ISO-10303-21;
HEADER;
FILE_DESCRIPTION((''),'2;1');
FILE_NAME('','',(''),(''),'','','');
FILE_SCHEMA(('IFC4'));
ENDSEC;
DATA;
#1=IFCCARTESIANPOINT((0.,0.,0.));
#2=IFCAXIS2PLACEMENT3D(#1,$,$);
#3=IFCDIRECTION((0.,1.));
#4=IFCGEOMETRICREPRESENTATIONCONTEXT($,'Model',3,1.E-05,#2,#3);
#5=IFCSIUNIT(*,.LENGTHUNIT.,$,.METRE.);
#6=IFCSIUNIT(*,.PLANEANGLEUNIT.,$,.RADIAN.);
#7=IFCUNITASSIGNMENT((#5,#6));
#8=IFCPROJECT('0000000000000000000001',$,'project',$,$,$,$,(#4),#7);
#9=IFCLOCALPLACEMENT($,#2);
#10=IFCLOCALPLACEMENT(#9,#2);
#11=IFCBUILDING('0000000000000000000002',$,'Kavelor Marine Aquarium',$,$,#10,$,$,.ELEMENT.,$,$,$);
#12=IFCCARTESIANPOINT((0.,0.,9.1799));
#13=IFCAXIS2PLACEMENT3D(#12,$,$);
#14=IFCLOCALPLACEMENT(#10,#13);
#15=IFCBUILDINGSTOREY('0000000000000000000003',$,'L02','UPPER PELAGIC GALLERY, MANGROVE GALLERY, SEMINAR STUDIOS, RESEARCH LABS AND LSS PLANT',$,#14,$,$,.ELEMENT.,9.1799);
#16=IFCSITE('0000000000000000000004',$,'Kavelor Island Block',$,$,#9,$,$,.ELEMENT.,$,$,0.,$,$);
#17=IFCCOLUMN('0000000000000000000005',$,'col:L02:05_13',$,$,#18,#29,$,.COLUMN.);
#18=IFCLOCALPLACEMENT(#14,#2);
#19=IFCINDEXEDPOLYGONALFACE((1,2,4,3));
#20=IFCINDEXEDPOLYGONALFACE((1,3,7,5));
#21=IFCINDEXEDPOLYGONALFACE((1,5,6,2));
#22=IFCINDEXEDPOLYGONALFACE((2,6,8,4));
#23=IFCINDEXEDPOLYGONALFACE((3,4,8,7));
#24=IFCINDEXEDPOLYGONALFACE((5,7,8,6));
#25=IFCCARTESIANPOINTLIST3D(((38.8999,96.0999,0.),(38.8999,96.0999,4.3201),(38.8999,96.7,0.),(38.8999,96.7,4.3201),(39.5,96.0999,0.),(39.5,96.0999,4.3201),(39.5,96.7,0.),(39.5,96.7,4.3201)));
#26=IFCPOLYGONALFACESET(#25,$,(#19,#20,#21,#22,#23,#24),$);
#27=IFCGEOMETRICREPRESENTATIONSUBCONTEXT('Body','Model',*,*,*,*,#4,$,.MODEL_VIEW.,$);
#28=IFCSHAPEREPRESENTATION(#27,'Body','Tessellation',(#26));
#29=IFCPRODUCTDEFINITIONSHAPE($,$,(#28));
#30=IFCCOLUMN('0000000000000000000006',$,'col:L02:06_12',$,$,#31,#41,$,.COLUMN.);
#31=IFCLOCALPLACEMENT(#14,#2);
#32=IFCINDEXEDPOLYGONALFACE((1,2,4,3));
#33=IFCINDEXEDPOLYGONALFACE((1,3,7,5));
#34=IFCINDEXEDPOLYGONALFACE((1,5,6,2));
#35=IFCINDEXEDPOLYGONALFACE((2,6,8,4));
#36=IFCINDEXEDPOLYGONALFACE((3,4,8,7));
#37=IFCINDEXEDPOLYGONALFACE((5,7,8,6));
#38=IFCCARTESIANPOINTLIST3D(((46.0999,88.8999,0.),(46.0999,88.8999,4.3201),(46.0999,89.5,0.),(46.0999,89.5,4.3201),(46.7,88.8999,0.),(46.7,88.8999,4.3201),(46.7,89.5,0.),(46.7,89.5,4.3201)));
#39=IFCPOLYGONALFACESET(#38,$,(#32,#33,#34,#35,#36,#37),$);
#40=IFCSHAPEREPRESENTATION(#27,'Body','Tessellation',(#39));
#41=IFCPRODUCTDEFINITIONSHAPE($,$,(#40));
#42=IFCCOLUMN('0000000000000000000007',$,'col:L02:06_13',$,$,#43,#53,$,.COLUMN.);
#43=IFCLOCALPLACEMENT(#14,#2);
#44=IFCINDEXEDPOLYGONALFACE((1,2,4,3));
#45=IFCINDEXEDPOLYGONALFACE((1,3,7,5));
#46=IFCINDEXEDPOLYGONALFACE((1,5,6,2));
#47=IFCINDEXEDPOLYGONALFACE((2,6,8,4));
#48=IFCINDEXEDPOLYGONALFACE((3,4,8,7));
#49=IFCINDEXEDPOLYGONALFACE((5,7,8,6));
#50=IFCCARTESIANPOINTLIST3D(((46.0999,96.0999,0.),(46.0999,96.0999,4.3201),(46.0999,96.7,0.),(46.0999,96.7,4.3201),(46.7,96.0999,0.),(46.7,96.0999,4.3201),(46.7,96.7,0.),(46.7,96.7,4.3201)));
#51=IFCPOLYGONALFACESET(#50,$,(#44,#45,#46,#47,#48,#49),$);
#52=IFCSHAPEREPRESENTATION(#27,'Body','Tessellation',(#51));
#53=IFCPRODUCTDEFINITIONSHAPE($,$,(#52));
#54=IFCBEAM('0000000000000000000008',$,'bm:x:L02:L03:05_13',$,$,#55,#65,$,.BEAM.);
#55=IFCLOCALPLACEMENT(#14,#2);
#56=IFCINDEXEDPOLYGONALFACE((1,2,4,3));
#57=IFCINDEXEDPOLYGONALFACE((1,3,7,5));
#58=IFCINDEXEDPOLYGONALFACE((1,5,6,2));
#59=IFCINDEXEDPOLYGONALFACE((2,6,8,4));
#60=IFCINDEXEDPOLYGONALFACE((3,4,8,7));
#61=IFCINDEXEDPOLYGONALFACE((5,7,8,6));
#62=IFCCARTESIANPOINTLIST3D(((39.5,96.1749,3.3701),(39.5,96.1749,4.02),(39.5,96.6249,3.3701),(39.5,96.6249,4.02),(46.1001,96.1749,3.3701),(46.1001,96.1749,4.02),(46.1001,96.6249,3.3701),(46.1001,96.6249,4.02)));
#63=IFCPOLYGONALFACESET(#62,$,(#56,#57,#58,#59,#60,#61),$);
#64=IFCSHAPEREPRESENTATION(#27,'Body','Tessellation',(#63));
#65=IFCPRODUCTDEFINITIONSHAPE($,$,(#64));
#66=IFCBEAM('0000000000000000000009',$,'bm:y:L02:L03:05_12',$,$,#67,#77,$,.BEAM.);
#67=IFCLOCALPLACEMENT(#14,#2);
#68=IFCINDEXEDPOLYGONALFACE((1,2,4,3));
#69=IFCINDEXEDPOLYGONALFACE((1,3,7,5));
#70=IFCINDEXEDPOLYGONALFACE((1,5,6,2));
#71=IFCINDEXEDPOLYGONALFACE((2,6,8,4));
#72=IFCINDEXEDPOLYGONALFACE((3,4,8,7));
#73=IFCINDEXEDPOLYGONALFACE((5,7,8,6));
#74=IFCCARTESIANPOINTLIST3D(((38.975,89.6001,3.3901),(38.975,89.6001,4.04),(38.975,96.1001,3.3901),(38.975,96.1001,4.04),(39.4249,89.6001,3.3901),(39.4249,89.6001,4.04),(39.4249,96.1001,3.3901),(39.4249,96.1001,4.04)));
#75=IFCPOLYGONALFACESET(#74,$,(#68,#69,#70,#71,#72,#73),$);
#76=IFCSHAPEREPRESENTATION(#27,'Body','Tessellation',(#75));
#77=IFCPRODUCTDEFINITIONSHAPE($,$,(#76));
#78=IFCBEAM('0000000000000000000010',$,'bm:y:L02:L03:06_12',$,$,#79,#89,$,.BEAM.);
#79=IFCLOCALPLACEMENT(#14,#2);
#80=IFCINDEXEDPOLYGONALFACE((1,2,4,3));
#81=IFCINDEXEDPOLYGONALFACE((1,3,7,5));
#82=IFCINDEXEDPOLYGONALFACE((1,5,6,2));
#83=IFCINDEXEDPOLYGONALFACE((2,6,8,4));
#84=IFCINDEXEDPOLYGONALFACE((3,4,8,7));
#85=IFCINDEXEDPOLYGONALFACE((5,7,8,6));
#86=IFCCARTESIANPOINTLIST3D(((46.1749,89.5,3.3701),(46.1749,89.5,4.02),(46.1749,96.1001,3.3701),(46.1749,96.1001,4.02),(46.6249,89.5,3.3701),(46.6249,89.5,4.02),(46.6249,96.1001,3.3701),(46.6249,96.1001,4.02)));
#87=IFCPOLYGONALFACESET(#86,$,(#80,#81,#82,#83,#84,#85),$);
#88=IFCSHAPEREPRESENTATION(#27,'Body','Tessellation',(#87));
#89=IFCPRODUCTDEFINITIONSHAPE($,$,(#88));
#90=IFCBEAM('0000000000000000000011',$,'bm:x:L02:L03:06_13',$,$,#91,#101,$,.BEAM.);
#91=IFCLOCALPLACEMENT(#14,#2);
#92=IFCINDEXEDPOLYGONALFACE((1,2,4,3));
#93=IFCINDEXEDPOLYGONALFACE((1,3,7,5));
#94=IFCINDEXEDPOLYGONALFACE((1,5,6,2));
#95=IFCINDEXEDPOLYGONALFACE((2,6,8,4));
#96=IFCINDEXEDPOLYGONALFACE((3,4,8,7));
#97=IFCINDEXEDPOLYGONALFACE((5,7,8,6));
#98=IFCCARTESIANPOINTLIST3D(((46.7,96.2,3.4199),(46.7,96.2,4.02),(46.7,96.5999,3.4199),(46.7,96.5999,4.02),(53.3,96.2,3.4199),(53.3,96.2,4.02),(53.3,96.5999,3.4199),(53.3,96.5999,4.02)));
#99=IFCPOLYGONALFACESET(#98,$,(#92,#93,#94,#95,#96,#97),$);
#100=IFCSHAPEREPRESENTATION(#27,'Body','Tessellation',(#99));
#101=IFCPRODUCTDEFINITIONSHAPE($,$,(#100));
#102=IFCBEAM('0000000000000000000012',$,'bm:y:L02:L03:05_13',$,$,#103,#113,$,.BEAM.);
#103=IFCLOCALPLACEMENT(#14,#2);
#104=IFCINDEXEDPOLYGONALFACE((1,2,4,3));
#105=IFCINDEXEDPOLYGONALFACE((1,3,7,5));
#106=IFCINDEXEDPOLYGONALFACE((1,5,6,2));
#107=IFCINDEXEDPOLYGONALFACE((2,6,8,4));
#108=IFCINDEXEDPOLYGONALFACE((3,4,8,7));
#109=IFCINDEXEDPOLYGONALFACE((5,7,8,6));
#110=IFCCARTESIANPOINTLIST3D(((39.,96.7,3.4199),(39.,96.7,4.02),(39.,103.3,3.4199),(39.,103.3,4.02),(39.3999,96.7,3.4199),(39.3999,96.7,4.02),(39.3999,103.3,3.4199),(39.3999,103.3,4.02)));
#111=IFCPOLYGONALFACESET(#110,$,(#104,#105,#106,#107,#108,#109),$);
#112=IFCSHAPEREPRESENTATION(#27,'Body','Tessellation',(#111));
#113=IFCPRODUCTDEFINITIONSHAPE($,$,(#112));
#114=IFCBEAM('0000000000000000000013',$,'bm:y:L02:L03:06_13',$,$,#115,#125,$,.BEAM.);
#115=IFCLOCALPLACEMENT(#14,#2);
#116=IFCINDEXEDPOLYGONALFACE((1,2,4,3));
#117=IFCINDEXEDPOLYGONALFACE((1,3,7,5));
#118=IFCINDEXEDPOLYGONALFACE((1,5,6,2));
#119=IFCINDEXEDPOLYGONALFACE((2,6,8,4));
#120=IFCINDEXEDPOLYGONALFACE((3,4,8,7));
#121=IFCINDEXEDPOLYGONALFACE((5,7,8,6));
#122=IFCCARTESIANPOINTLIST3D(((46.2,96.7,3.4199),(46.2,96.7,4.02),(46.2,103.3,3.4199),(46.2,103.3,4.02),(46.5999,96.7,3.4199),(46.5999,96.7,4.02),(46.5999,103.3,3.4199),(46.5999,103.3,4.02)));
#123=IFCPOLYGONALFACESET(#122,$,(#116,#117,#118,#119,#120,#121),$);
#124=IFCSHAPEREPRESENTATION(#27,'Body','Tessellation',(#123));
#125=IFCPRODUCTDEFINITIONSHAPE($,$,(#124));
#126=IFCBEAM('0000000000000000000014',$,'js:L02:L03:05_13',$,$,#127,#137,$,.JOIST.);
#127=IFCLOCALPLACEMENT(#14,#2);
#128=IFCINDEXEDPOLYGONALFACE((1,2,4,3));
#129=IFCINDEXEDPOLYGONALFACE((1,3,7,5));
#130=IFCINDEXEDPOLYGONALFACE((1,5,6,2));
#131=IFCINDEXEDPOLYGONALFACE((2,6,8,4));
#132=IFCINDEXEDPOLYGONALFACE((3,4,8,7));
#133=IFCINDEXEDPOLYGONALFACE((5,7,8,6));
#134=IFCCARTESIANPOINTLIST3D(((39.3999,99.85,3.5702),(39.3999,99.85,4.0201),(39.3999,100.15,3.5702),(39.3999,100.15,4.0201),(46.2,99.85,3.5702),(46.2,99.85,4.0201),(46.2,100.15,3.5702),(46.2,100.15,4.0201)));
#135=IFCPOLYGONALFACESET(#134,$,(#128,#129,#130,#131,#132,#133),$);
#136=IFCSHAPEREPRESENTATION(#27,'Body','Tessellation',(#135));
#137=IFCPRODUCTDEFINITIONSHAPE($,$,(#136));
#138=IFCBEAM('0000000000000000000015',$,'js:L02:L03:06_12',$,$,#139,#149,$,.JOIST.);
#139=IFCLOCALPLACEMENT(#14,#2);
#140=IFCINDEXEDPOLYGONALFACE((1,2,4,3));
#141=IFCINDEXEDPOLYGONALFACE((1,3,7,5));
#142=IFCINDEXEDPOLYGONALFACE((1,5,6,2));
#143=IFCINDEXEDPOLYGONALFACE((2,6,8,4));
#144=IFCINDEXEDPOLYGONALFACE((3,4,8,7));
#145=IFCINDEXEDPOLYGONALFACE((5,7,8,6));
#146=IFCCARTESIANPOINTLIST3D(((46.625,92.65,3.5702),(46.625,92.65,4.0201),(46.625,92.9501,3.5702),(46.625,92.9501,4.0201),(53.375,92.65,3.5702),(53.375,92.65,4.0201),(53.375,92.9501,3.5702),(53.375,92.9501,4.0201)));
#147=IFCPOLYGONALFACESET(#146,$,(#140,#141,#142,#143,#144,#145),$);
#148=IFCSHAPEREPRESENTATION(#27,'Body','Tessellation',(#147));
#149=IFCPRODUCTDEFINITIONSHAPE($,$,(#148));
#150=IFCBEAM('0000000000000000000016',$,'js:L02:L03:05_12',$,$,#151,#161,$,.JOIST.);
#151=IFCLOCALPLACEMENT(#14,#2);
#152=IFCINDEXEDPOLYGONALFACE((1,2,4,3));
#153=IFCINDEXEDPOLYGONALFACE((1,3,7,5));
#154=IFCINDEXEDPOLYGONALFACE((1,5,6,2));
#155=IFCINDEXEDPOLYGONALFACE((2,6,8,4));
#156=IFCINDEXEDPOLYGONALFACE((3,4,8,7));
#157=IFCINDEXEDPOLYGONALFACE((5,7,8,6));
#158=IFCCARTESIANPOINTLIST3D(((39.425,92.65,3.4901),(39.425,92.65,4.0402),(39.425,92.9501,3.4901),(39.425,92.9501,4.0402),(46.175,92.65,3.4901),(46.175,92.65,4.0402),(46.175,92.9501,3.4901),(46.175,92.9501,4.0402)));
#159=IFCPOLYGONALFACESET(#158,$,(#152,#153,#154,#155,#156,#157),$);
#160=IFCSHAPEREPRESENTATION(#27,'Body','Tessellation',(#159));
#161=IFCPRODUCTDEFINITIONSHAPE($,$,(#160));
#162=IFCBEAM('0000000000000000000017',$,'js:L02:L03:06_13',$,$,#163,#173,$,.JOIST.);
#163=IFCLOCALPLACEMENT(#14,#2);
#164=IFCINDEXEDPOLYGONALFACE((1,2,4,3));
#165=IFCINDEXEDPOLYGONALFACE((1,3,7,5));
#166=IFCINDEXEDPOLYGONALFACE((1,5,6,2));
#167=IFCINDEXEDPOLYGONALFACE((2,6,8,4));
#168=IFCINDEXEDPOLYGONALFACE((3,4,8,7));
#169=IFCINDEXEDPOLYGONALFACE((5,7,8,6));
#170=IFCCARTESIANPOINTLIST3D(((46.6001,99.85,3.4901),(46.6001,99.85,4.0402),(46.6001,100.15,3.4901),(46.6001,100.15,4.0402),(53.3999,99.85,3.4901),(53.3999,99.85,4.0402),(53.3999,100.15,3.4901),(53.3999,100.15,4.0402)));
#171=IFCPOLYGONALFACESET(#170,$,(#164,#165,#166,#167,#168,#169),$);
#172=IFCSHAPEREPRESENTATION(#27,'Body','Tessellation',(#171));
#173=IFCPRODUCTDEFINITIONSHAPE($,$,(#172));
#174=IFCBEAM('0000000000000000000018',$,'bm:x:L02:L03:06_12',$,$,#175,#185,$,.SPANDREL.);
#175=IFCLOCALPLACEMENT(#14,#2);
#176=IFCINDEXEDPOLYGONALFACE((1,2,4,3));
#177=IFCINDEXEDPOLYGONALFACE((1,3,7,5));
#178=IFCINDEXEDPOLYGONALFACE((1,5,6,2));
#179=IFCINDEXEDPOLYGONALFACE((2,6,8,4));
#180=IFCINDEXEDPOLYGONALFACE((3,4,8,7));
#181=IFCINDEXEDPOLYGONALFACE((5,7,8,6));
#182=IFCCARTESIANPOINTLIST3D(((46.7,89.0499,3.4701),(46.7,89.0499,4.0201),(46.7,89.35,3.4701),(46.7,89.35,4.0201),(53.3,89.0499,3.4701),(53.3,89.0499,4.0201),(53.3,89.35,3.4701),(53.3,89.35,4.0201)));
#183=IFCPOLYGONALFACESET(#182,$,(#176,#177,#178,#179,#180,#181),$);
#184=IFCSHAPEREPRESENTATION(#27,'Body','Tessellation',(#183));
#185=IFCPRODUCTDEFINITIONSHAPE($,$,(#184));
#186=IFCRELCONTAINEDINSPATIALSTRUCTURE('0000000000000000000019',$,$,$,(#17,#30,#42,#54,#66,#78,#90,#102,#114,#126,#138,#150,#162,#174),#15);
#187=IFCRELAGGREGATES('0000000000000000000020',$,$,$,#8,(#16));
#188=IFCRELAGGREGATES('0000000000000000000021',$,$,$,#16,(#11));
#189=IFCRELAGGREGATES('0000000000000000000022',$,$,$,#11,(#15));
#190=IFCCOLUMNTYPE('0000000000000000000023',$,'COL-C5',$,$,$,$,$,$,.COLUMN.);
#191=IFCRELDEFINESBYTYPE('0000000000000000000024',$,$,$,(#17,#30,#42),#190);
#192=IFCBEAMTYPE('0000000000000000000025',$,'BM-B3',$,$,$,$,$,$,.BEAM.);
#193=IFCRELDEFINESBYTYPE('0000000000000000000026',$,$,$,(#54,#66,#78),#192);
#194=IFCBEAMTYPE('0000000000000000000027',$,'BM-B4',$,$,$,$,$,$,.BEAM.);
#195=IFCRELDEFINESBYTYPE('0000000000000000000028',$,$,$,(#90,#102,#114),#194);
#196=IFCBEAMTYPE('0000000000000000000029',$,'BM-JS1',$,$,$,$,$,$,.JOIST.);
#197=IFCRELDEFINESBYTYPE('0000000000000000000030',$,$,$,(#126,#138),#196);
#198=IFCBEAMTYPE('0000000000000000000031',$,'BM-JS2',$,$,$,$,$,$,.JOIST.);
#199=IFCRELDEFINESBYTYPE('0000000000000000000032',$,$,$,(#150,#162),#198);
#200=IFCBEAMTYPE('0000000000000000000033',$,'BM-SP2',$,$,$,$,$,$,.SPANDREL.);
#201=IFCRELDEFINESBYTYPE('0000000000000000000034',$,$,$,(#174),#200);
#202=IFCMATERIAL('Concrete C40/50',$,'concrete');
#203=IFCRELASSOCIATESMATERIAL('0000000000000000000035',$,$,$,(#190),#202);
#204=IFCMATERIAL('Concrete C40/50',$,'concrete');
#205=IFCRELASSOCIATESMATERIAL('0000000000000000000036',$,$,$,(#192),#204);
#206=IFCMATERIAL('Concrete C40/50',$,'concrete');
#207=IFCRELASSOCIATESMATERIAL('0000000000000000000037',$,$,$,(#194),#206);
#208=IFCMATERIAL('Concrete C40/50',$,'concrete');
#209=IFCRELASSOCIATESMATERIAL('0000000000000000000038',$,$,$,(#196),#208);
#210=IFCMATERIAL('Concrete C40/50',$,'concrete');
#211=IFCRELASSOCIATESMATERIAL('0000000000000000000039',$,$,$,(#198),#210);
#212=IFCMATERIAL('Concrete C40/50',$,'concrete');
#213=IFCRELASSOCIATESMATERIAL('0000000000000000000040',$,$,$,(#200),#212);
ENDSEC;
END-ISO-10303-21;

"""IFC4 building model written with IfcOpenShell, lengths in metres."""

from ifc_helpers import new_model, si_unit, direction, frame, origin, origin_2d, place, context, subcontext, project, spatial, rectangle, extrude, material, material_profile, profile_set, type_object, element, save


model = new_model("IFC4")

# Units and contexts
model_context = context("Model", 3, precision=1e-05, world=origin(), true_north=direction((0.0, 1.0)))
body_context = subcontext(model_context, "Body", "Model", "MODEL_VIEW")
ifc_project = project(units=[si_unit("LENGTHUNIT", "METRE"), si_unit("PLANEANGLEUNIT", "RADIAN")], contexts=[model_context])

# Site, building, storey
site_placement = place(None, origin())
site = spatial("IfcSite", under=ifc_project, at=site_placement, Name="Kavelor Island Block", CompositionType="ELEMENT", RefElevation=0.0)
building_placement = place(site_placement, origin())
building = spatial("IfcBuilding", under=site, at=building_placement, Name="Kavelor Marine Aquarium", CompositionType="ELEMENT")
storey_placement = place(building_placement, frame((0.0, 0.0, 9.1799)))
storey = spatial("IfcBuildingStorey", under=building, at=storey_placement, Name="L02", Description="UPPER PELAGIC GALLERY, MANGROVE GALLERY, SEMINAR STUDIOS, RESEARCH LABS AND LSS PLANT", CompositionType="ELEMENT", Elevation=9.1799)

# Columns
ifc_material_1 = material(Name="Concrete C40/50", Category="concrete")
ifc_material_profile_1 = material_profile(ifc_material_1, rectangle(XDim=0.6001, YDim=0.6001, at=origin_2d()), Name="RC-COL 600x600")
ifc_profile_set_1 = profile_set([ifc_material_profile_1], Name="Concrete C40/50")
column_type = type_object("IfcColumnType", Name="COL-C5", PredefinedType="COLUMN", material=ifc_profile_set_1)
for number, where, z_axis, x_axis, name in (
    (1, (39.2, 96.3999, 0.0), (0.0, 0.0, 1.0), (1.0, 0.0, 0.0), "col:L02:05_13"),
    (2, (46.3999, 89.2, 0.0), (0.0, 0.0, 1.0), (1.0, 0.0, 0.0), "col:L02:06_12"),
    (3, (46.3999, 96.3999, 0.0), (0.0, 0.0, 1.0), (1.0, 0.0, 0.0), "col:L02:06_13"),
):
    element("IfcColumn", number, at=place(storey_placement, frame(where, z_axis=z_axis, x_axis=x_axis)), inside=storey, type_object=column_type, Name=name, PredefinedType="COLUMN", context=body_context, shape_type="SweptSolid", body=[
        extrude(rectangle(XDim=0.6001, YDim=0.6001, at=origin_2d()), origin(), (0.0, 0.0, 1.0), 4.3201),
    ])

# Beams
ifc_material_2 = material(Name="Concrete C40/50", Category="concrete")
ifc_material_profile_2 = material_profile(ifc_material_2, rectangle(XDim=0.45, YDim=0.6499, at=origin_2d()), Name="RC-BM 450x650")
ifc_profile_set_2 = profile_set([ifc_material_profile_2], Name="Concrete C40/50")
beam_type_1 = type_object("IfcBeamType", Name="BM-B3", PredefinedType="BEAM", material=ifc_profile_set_2)
beam_1_placement = place(storey_placement, frame((39.5, 96.3999, 3.6951), z_axis=(1.0, 0.0, 0.0), x_axis=(0.0, 1.0, 0.0)))
element("IfcBeam", 4, at=beam_1_placement, inside=storey, type_object=beam_type_1, Name="bm:x:L02:L03:05_13", PredefinedType="BEAM", context=body_context, shape_type="SweptSolid", body=[
    extrude(rectangle(XDim=0.45, YDim=0.6499, at=origin_2d()), origin(), (0.0, 0.0, 1.0), 6.6001),
])
beam_2_placement = place(storey_placement, frame((39.2, 89.6001, 3.7151), z_axis=(0.0, 1.0, 0.0), x_axis=(-1.0, 0.0, 0.0)))
element("IfcBeam", 5, at=beam_2_placement, inside=storey, type_object=beam_type_1, Name="bm:y:L02:L03:05_12", PredefinedType="BEAM", context=body_context, shape_type="SweptSolid", body=[
    extrude(rectangle(XDim=0.45, YDim=0.6499, at=origin_2d()), origin(), (0.0, 0.0, 1.0), 6.5),
])
beam_3_placement = place(storey_placement, frame((46.3999, 89.5, 3.6951), z_axis=(0.0, 1.0, 0.0), x_axis=(-1.0, 0.0, 0.0)))
element("IfcBeam", 6, at=beam_3_placement, inside=storey, type_object=beam_type_1, Name="bm:y:L02:L03:06_12", PredefinedType="BEAM", context=body_context, shape_type="SweptSolid", body=[
    extrude(rectangle(XDim=0.45, YDim=0.6499, at=origin_2d()), origin(), (0.0, 0.0, 1.0), 6.6001),
])
ifc_material_3 = material(Name="Concrete C40/50", Category="concrete")
ifc_material_profile_3 = material_profile(ifc_material_3, rectangle(XDim=0.3999, YDim=0.6001, at=origin_2d()), Name="RC-BM 400x600")
ifc_profile_set_3 = profile_set([ifc_material_profile_3], Name="Concrete C40/50")
beam_type_2 = type_object("IfcBeamType", Name="BM-B4", PredefinedType="BEAM", material=ifc_profile_set_3)
for number, where, z_axis, x_axis, name in (
    (7, (46.7, 96.3999, 3.72), (1.0, 0.0, 0.0), (0.0, 1.0, 0.0), "bm:x:L02:L03:06_13"),
    (8, (39.2, 96.7, 3.72), (0.0, 1.0, 0.0), (-1.0, 0.0, 0.0), "bm:y:L02:L03:05_13"),
    (9, (46.3999, 96.7, 3.72), (0.0, 1.0, 0.0), (-1.0, 0.0, 0.0), "bm:y:L02:L03:06_13"),
):
    element("IfcBeam", number, at=place(storey_placement, frame(where, z_axis=z_axis, x_axis=x_axis)), inside=storey, type_object=beam_type_2, Name=name, PredefinedType="BEAM", context=body_context, shape_type="SweptSolid", body=[
        extrude(rectangle(XDim=0.3999, YDim=0.6001, at=origin_2d()), origin(), (0.0, 0.0, 1.0), 6.6001),
    ])
ifc_material_4 = material(Name="Concrete C40/50", Category="concrete")
ifc_material_profile_4 = material_profile(ifc_material_4, rectangle(XDim=0.3, YDim=0.45, at=origin_2d()), Name="RC-JS 300x450")
ifc_profile_set_4 = profile_set([ifc_material_profile_4], Name="Concrete C40/50")
beam_type_3 = type_object("IfcBeamType", Name="BM-JS1", PredefinedType="JOIST", material=ifc_profile_set_4)
beam_4_placement = place(storey_placement, frame((39.3999, 100.0, 3.7952), z_axis=(1.0, 0.0, 0.0), x_axis=(0.0, 1.0, 0.0)))
element("IfcBeam", 10, at=beam_4_placement, inside=storey, type_object=beam_type_3, Name="js:L02:L03:05_13", PredefinedType="JOIST", context=body_context, shape_type="SweptSolid", body=[
    extrude(rectangle(XDim=0.3, YDim=0.45, at=origin_2d()), origin(), (0.0, 0.0, 1.0), 6.8),
])
beam_5_placement = place(storey_placement, frame((46.625, 92.8, 3.7952), z_axis=(1.0, 0.0, 0.0), x_axis=(0.0, 1.0, 0.0)))
element("IfcBeam", 11, at=beam_5_placement, inside=storey, type_object=beam_type_3, Name="js:L02:L03:06_12", PredefinedType="JOIST", context=body_context, shape_type="SweptSolid", body=[
    extrude(rectangle(XDim=0.3, YDim=0.45, at=origin_2d()), origin(), (0.0, 0.0, 1.0), 6.75),
])
ifc_material_5 = material(Name="Concrete C40/50", Category="concrete")
ifc_material_profile_5 = material_profile(ifc_material_5, rectangle(XDim=0.3, YDim=0.55, at=origin_2d()), Name="RC-JS 300x550")
ifc_profile_set_5 = profile_set([ifc_material_profile_5], Name="Concrete C40/50")
beam_type_4 = type_object("IfcBeamType", Name="BM-JS2", PredefinedType="JOIST", material=ifc_profile_set_5)
beam_6_placement = place(storey_placement, frame((39.425, 92.8, 3.7651), z_axis=(1.0, 0.0, 0.0), x_axis=(0.0, 1.0, 0.0)))
element("IfcBeam", 12, at=beam_6_placement, inside=storey, type_object=beam_type_4, Name="js:L02:L03:05_12", PredefinedType="JOIST", context=body_context, shape_type="SweptSolid", body=[
    extrude(rectangle(XDim=0.3, YDim=0.55, at=origin_2d()), origin(), (0.0, 0.0, 1.0), 6.75),
])
beam_7_placement = place(storey_placement, frame((46.6001, 100.0, 3.7651), z_axis=(1.0, 0.0, 0.0), x_axis=(0.0, 1.0, 0.0)))
element("IfcBeam", 13, at=beam_7_placement, inside=storey, type_object=beam_type_4, Name="js:L02:L03:06_13", PredefinedType="JOIST", context=body_context, shape_type="SweptSolid", body=[
    extrude(rectangle(XDim=0.3, YDim=0.55, at=origin_2d()), origin(), (0.0, 0.0, 1.0), 6.7998),
])
ifc_material_6 = material(Name="Concrete C40/50", Category="concrete")
ifc_material_profile_6 = material_profile(ifc_material_6, rectangle(XDim=0.3, YDim=0.55, at=origin_2d()), Name="RC-SP 300x550")
ifc_profile_set_6 = profile_set([ifc_material_profile_6], Name="Concrete C40/50")
beam_type_5 = type_object("IfcBeamType", Name="BM-SP2", PredefinedType="SPANDREL", material=ifc_profile_set_6)
beam_8_placement = place(storey_placement, frame((46.7, 89.2, 3.7451), z_axis=(1.0, 0.0, 0.0), x_axis=(0.0, 1.0, 0.0)))
element("IfcBeam", 14, at=beam_8_placement, inside=storey, type_object=beam_type_5, Name="bm:x:L02:L03:06_12", PredefinedType="SPANDREL", context=body_context, shape_type="SweptSolid", body=[
    extrude(rectangle(XDim=0.3, YDim=0.55, at=origin_2d()), origin(), (0.0, 0.0, 1.0), 6.6001),
])

save(model, "model.ifc")
